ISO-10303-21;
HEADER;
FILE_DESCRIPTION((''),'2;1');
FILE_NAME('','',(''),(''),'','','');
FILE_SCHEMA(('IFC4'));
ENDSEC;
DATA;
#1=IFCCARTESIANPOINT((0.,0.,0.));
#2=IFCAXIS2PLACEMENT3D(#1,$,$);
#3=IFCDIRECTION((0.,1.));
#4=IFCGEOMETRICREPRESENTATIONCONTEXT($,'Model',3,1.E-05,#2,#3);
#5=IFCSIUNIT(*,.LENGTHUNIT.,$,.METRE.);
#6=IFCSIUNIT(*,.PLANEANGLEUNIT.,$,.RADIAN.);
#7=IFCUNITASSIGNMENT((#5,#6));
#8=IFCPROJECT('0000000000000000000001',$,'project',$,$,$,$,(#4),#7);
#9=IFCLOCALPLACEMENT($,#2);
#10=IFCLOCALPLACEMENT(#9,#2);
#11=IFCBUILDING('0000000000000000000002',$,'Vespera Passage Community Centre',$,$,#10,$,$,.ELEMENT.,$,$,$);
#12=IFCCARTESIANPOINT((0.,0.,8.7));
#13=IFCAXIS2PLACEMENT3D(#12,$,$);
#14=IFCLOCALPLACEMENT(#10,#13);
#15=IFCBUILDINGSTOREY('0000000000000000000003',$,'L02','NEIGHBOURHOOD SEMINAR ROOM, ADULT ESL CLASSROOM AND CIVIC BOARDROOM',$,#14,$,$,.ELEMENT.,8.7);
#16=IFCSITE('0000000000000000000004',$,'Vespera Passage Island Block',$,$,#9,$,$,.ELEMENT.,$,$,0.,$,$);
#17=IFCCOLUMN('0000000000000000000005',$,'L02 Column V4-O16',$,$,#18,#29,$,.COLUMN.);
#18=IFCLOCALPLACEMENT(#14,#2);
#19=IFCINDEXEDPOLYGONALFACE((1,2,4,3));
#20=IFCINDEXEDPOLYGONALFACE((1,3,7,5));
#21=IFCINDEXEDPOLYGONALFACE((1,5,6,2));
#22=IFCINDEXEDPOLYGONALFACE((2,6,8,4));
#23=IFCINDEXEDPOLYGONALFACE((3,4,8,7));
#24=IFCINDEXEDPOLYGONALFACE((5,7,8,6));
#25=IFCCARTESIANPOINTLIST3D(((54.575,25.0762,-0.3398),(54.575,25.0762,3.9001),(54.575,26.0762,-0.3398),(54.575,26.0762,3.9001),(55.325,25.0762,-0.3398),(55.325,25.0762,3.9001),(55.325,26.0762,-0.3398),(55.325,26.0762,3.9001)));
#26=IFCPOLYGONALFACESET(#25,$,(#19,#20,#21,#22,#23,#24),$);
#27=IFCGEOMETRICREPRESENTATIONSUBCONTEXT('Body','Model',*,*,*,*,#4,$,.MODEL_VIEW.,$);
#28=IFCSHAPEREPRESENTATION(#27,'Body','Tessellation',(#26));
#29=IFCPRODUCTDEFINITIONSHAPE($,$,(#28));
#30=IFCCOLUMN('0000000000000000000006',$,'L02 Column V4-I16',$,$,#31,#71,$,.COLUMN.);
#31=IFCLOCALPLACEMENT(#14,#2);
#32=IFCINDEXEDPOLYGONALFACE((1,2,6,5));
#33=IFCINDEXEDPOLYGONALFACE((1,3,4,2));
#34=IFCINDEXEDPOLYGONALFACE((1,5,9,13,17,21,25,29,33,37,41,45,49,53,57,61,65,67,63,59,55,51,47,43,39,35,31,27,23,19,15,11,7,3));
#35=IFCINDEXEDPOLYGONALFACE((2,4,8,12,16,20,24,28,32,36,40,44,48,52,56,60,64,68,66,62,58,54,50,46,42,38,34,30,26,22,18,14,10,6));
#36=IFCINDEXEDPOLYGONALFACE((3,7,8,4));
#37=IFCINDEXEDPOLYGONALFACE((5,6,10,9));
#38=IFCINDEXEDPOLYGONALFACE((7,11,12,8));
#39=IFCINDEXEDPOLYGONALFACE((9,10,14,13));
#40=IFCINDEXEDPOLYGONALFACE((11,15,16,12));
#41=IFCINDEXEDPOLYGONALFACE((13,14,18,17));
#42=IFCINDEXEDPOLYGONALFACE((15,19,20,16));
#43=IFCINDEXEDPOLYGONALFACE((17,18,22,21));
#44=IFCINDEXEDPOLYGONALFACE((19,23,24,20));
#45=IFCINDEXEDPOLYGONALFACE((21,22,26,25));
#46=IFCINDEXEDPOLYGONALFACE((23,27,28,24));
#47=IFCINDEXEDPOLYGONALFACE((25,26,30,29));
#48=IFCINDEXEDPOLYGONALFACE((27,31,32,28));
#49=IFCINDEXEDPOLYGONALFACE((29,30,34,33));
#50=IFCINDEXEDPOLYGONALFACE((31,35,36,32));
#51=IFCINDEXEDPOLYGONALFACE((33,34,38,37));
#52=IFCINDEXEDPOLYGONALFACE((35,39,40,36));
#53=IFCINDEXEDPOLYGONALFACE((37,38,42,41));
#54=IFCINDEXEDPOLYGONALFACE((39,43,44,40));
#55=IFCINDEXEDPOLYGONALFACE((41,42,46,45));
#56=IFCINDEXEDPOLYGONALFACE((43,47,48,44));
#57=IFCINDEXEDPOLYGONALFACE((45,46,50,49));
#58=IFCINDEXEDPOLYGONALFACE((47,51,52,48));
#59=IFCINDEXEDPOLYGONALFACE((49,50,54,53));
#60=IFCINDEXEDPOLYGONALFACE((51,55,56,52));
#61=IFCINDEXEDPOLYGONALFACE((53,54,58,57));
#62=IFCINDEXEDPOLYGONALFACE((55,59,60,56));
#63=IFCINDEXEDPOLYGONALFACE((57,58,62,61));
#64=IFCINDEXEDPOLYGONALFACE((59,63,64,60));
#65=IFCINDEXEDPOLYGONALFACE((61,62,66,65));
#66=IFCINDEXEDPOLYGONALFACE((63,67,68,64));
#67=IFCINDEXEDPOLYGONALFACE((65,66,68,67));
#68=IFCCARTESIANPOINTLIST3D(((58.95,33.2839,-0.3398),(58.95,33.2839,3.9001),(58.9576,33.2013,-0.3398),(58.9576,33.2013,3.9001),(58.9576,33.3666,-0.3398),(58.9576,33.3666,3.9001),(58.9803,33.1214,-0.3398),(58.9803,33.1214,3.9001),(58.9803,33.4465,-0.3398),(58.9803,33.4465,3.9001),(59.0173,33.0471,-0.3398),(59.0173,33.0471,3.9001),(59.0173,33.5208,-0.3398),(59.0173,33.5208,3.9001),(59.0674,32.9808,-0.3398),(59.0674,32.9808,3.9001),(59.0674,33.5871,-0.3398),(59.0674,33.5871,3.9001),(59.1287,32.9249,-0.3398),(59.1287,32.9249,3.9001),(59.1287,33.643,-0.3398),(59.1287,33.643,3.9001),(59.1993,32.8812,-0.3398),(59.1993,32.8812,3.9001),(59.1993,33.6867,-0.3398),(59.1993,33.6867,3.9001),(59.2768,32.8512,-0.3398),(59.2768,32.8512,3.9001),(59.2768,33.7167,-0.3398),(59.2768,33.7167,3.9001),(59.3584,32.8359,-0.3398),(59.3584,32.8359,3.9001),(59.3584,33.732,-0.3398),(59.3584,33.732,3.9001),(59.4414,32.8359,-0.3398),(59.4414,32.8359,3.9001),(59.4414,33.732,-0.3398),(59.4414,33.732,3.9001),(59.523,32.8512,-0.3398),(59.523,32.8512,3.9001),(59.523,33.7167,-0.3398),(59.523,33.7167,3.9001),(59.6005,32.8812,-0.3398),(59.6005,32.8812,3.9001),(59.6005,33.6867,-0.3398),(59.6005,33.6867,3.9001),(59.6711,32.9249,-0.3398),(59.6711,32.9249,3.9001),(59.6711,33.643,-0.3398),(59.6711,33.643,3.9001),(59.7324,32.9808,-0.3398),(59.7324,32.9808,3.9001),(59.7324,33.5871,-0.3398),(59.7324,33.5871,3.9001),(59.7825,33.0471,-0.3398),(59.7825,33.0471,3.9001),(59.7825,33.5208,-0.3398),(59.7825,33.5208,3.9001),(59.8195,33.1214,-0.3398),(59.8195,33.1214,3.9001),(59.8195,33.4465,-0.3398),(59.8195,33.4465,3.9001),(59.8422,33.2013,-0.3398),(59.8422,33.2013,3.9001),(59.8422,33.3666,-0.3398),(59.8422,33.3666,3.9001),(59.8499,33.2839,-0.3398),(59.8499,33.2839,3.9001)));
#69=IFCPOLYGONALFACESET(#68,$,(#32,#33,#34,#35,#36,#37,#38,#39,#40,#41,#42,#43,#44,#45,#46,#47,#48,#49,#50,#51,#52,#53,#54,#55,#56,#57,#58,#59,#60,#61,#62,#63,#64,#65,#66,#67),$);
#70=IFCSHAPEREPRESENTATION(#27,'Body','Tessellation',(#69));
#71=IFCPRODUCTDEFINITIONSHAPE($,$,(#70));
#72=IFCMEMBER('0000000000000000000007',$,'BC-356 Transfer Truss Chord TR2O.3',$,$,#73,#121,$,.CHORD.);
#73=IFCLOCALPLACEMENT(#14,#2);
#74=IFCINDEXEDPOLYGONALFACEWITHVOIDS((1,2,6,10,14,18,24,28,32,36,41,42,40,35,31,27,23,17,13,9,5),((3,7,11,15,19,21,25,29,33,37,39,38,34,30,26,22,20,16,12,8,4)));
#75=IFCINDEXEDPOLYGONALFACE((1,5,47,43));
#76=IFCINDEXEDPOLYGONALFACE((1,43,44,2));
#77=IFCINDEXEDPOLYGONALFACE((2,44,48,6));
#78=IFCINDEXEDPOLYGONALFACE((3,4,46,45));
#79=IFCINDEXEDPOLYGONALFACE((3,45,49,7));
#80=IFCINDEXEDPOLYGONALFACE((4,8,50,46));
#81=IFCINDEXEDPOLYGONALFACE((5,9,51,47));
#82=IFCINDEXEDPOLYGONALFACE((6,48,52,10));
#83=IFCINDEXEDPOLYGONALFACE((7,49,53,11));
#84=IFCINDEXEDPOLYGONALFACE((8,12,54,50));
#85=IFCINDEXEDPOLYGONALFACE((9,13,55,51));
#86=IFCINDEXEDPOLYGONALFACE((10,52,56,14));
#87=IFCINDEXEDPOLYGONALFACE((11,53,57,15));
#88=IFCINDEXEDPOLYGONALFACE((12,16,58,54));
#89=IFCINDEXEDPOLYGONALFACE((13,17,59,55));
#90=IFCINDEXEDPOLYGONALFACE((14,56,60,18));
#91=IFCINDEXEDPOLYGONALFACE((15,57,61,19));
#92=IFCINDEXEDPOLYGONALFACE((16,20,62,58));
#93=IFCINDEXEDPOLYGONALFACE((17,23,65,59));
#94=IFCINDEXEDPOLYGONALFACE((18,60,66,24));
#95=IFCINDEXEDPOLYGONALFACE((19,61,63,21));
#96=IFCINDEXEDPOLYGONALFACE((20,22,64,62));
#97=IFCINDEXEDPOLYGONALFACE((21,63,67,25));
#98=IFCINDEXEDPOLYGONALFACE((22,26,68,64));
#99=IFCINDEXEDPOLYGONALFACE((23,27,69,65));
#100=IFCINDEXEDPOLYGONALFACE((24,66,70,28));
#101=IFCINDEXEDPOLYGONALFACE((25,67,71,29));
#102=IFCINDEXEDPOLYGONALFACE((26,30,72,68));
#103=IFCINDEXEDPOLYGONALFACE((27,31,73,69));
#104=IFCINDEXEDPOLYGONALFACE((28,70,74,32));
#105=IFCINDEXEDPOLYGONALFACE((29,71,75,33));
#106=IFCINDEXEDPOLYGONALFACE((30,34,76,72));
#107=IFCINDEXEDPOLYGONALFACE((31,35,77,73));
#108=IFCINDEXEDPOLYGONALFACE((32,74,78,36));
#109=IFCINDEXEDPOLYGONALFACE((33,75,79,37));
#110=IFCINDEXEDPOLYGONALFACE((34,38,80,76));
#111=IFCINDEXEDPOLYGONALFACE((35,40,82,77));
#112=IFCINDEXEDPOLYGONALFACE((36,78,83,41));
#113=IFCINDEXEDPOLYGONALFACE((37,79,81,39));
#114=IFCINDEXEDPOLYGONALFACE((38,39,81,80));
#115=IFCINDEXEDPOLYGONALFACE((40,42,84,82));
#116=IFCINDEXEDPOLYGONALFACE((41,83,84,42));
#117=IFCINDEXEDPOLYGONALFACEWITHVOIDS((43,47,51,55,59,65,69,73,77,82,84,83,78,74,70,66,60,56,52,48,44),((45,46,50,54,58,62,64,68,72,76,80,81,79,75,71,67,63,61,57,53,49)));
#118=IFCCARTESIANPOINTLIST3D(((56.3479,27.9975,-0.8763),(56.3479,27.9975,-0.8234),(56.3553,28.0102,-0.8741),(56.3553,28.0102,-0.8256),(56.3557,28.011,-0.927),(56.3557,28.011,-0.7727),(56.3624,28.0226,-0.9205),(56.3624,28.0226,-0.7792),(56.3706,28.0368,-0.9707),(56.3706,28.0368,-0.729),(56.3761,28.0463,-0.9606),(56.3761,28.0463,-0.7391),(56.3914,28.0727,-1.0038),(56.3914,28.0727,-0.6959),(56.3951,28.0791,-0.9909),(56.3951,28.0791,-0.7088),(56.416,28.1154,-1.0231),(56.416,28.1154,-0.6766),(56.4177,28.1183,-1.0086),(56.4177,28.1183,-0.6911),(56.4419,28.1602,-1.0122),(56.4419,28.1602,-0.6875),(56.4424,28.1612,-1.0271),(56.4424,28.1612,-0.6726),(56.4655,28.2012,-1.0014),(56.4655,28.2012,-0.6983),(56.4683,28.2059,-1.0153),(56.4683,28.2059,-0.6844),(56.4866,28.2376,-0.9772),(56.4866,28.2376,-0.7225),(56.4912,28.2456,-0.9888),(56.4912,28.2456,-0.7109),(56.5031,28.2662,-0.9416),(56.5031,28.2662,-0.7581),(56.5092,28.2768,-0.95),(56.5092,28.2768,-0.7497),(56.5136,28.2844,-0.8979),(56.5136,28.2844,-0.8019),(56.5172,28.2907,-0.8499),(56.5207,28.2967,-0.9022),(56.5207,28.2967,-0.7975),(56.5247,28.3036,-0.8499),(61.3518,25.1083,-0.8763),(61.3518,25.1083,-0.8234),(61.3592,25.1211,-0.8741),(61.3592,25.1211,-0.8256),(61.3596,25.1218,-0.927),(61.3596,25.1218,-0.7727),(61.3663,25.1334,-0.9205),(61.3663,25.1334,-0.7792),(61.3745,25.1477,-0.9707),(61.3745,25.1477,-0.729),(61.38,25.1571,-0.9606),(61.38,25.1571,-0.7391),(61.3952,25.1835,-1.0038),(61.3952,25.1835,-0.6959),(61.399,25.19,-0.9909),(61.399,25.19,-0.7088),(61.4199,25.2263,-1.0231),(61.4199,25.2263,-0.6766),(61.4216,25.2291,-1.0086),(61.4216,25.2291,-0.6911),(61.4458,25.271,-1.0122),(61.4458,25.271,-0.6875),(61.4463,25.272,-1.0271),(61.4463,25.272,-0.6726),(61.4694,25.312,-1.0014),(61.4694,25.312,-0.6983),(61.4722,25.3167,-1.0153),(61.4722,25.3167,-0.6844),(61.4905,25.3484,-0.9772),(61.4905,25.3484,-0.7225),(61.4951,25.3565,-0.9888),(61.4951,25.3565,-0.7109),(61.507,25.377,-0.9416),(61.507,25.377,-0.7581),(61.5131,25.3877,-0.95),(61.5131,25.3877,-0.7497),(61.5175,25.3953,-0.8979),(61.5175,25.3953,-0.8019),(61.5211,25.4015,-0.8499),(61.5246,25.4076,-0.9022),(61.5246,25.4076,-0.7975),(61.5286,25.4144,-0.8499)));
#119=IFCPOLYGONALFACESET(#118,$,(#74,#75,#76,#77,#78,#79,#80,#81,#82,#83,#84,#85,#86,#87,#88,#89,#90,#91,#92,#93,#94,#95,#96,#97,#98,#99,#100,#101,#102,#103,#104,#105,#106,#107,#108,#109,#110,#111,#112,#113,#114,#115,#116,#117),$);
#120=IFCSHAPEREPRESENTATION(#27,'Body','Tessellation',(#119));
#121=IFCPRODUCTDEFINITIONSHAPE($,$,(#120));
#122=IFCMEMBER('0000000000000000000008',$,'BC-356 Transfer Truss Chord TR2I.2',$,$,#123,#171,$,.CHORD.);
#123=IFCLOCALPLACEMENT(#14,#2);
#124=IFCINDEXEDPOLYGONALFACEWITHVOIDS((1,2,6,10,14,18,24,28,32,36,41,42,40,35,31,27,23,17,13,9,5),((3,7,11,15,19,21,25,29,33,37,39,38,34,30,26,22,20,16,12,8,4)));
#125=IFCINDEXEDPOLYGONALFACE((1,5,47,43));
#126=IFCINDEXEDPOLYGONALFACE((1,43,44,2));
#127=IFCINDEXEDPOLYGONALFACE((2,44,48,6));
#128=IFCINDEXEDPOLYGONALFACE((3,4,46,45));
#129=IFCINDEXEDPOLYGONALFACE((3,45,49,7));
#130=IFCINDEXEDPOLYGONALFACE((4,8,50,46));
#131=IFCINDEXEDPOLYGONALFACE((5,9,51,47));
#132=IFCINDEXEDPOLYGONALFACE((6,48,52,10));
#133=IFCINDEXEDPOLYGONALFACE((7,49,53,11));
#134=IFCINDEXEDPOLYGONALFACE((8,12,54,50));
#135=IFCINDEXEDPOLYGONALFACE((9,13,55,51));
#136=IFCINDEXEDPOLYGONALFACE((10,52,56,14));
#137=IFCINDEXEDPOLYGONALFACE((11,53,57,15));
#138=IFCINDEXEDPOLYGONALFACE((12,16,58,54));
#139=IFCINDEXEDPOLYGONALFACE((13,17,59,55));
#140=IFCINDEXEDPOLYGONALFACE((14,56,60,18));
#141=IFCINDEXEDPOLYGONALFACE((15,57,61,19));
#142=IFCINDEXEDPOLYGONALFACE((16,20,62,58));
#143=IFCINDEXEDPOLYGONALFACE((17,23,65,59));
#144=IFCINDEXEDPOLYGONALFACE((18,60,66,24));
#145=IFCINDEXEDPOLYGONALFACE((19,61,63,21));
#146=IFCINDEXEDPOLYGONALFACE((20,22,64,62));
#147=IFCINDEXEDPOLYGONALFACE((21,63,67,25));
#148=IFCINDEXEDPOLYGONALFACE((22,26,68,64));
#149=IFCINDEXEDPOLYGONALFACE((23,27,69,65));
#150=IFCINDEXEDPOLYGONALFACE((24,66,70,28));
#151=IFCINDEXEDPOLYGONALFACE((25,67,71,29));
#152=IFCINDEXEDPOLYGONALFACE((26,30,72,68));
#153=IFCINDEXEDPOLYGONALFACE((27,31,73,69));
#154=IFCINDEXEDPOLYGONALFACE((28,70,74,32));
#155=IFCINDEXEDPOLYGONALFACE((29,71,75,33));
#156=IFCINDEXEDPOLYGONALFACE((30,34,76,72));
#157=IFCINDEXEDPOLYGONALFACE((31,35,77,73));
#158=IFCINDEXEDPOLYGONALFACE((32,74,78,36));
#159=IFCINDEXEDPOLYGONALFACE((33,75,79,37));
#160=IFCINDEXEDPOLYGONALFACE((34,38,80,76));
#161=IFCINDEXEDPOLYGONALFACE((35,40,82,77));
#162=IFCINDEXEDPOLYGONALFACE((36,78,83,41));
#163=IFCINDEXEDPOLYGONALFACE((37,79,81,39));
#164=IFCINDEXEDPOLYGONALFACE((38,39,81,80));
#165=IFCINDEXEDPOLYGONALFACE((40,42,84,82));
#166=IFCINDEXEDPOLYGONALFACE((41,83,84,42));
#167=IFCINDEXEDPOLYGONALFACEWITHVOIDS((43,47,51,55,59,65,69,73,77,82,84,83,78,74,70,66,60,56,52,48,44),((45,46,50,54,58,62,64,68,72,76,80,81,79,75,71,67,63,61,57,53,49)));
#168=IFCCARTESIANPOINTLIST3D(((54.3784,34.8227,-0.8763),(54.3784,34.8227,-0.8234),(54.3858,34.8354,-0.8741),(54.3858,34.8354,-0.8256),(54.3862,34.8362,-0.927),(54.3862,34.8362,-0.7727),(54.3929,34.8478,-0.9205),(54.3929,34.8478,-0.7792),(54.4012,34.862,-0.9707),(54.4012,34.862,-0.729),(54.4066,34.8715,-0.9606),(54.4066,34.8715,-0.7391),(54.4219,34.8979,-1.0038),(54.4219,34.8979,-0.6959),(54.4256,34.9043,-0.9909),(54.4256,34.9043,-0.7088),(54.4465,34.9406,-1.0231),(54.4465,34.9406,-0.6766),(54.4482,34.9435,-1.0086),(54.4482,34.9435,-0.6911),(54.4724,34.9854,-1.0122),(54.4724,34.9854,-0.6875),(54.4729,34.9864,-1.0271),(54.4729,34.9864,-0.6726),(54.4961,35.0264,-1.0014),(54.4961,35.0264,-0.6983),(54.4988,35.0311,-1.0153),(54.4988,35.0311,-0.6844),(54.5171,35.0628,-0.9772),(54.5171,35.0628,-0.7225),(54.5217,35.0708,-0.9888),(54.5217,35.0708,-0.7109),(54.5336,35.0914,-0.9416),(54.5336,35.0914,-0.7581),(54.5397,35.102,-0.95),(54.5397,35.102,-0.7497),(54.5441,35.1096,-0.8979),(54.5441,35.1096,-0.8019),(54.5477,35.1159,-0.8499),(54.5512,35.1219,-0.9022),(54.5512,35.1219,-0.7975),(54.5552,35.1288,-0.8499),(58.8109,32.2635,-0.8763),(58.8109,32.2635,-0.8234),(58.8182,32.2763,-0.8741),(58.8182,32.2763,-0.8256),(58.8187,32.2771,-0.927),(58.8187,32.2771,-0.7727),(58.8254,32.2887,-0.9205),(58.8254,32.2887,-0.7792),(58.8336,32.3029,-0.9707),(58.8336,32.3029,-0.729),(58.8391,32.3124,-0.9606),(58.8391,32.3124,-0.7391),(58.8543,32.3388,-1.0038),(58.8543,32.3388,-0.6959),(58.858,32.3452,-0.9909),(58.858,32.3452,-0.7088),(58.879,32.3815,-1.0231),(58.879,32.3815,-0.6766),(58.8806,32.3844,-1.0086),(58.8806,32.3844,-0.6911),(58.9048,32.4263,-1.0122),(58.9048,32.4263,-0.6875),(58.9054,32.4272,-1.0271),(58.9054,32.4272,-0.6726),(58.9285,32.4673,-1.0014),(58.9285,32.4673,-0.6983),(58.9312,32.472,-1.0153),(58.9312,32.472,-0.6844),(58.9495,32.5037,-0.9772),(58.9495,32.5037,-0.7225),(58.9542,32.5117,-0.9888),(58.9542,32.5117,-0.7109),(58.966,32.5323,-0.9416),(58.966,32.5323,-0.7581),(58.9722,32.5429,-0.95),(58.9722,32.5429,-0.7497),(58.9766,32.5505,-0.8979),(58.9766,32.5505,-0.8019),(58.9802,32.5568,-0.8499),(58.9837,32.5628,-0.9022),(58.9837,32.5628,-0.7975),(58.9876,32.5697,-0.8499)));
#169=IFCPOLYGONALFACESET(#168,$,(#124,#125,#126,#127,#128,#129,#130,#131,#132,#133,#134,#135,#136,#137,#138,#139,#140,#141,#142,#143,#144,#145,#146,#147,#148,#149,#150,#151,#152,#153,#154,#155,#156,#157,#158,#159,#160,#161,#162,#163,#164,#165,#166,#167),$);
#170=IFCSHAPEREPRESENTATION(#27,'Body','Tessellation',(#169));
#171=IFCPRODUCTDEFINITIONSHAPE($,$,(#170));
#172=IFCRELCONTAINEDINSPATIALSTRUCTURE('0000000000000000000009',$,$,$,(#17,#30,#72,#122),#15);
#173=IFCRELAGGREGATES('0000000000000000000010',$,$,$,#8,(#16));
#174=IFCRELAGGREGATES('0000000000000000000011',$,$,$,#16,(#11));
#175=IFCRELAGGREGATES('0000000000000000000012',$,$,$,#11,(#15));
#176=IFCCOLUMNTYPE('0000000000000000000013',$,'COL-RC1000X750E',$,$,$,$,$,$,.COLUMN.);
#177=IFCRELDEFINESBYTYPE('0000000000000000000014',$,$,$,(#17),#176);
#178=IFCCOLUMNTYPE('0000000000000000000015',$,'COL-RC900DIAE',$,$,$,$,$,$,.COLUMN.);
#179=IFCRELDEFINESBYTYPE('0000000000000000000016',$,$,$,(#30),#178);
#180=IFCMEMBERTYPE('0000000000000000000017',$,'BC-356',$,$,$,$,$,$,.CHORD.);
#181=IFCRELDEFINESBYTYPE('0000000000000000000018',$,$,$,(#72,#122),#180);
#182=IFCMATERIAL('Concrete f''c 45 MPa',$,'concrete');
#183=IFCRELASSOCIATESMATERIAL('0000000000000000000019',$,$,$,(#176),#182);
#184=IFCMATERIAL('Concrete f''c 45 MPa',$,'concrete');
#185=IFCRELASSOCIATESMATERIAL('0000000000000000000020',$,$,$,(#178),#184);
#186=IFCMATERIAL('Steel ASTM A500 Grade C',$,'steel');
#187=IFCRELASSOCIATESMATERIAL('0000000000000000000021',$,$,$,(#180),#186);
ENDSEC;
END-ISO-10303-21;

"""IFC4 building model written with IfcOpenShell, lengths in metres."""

from ifc_helpers import new_model, si_unit, direction, frame, origin, origin_2d, place, context, subcontext, project, spatial, rectangle, circle, hollow_circle, extrude, material, material_profile, profile_set, type_object, element, save


model = new_model("IFC4")

# Units and contexts
model_context = context("Model", 3, precision=1e-05, world=origin(), true_north=direction((0.0, 1.0)))
body_context = subcontext(model_context, "Body", "Model", "MODEL_VIEW")
ifc_project = project(units=[si_unit("LENGTHUNIT", "METRE"), si_unit("PLANEANGLEUNIT", "RADIAN")], contexts=[model_context])

# Site, building, storey
site_placement = place(None, origin())
site = spatial("IfcSite", under=ifc_project, at=site_placement, Name="Vespera Passage Island Block", CompositionType="ELEMENT", RefElevation=0.0)
building_placement = place(site_placement, origin())
building = spatial("IfcBuilding", under=site, at=building_placement, Name="Vespera Passage Community Centre", CompositionType="ELEMENT")
storey_placement = place(building_placement, frame((0.0, 0.0, 8.7)))
storey = spatial("IfcBuildingStorey", under=building, at=storey_placement, Name="L02", Description="NEIGHBOURHOOD SEMINAR ROOM, ADULT ESL CLASSROOM AND CIVIC BOARDROOM", CompositionType="ELEMENT", Elevation=8.7)

# Columns
ifc_material_1 = material(Name="Concrete f'c 45 MPa", Category="concrete")
ifc_material_profile_1 = material_profile(ifc_material_1, rectangle(XDim=0.75, YDim=1.0, at=origin_2d()), Name="RC1000X750")
ifc_profile_set_1 = profile_set([ifc_material_profile_1], Name="Concrete f'c 45 MPa")
column_type_1 = type_object("IfcColumnType", Name="COL-RC1000X750E", PredefinedType="COLUMN", material=ifc_profile_set_1)
column_1_placement = place(storey_placement, frame((54.95, 25.5762, -0.3398), z_axis=(0.0, 0.0, 1.0), x_axis=(1.0, 0.0, 0.0)))
element("IfcColumn", 1, at=column_1_placement, inside=storey, type_object=column_type_1, Name="L02 Column V4-O16", PredefinedType="COLUMN", context=body_context, shape_type="SweptSolid", body=[
    extrude(rectangle(XDim=0.75, YDim=1.0, at=origin_2d()), origin(), (0.0, 0.0, 1.0), 4.24),
])
ifc_material_2 = material(Name="Concrete f'c 45 MPa", Category="concrete")
ifc_material_profile_2 = material_profile(ifc_material_2, circle(Radius=0.45, at=origin_2d()), Name="RC900DIA")
ifc_profile_set_2 = profile_set([ifc_material_profile_2], Name="Concrete f'c 45 MPa")
column_type_2 = type_object("IfcColumnType", Name="COL-RC900DIAE", PredefinedType="COLUMN", material=ifc_profile_set_2)
column_2_placement = place(storey_placement, frame((59.3999, 33.2839, -0.3398), z_axis=(0.0, 0.0, 1.0), x_axis=(1.0, 0.0, 0.0)))
element("IfcColumn", 2, at=column_2_placement, inside=storey, type_object=column_type_2, Name="L02 Column V4-I16", PredefinedType="COLUMN", context=body_context, shape_type="SweptSolid", body=[
    extrude(circle(Radius=0.45, at=origin_2d()), origin(), (0.0, 0.0, 1.0), 4.24),
])

# Members
ifc_material_3 = material(Name="Steel ASTM A500 Grade C", Category="steel")
ifc_material_profile_3 = material_profile(ifc_material_3, hollow_circle(Radius=0.1777, WallThickness=0.0149, at=origin_2d()), Name="CHS356X15.9")
ifc_profile_set_3 = profile_set([ifc_material_profile_3], Name="Steel ASTM A500 Grade C")
member_type_1 = type_object("IfcMemberType", Name="BC-356", PredefinedType="CHORD", material=ifc_profile_set_3)
member_1_placement = place(storey_placement, frame((56.4358, 28.1497, -0.8499), z_axis=(0.866014, -0.50002, 0.0), x_axis=(0.50002, 0.866014, 0.0)))
element("IfcMember", 3, at=member_1_placement, inside=storey, type_object=member_type_1, Name="BC-356 Transfer Truss Chord TR2O.3", PredefinedType="CHORD", context=body_context, shape_type="SweptSolid", body=[
    extrude(hollow_circle(Radius=0.1777, WallThickness=0.0149, at=origin_2d()), origin(), (0.0, 0.0, 1.0), 5.7781),
])
member_2_placement = place(storey_placement, frame((54.4663, 34.9749, -0.8499), z_axis=(0.866021, -0.500007, 0.0), x_axis=(0.500007, 0.866021, 0.0)))
element("IfcMember", 4, at=member_2_placement, inside=storey, type_object=member_type_1, Name="BC-356 Transfer Truss Chord TR2I.2", PredefinedType="CHORD", context=body_context, shape_type="SweptSolid", body=[
    extrude(hollow_circle(Radius=0.1777, WallThickness=0.0149, at=origin_2d()), origin(), (0.0, 0.0, 1.0), 5.1182),
])

save(model, "model.ifc")
